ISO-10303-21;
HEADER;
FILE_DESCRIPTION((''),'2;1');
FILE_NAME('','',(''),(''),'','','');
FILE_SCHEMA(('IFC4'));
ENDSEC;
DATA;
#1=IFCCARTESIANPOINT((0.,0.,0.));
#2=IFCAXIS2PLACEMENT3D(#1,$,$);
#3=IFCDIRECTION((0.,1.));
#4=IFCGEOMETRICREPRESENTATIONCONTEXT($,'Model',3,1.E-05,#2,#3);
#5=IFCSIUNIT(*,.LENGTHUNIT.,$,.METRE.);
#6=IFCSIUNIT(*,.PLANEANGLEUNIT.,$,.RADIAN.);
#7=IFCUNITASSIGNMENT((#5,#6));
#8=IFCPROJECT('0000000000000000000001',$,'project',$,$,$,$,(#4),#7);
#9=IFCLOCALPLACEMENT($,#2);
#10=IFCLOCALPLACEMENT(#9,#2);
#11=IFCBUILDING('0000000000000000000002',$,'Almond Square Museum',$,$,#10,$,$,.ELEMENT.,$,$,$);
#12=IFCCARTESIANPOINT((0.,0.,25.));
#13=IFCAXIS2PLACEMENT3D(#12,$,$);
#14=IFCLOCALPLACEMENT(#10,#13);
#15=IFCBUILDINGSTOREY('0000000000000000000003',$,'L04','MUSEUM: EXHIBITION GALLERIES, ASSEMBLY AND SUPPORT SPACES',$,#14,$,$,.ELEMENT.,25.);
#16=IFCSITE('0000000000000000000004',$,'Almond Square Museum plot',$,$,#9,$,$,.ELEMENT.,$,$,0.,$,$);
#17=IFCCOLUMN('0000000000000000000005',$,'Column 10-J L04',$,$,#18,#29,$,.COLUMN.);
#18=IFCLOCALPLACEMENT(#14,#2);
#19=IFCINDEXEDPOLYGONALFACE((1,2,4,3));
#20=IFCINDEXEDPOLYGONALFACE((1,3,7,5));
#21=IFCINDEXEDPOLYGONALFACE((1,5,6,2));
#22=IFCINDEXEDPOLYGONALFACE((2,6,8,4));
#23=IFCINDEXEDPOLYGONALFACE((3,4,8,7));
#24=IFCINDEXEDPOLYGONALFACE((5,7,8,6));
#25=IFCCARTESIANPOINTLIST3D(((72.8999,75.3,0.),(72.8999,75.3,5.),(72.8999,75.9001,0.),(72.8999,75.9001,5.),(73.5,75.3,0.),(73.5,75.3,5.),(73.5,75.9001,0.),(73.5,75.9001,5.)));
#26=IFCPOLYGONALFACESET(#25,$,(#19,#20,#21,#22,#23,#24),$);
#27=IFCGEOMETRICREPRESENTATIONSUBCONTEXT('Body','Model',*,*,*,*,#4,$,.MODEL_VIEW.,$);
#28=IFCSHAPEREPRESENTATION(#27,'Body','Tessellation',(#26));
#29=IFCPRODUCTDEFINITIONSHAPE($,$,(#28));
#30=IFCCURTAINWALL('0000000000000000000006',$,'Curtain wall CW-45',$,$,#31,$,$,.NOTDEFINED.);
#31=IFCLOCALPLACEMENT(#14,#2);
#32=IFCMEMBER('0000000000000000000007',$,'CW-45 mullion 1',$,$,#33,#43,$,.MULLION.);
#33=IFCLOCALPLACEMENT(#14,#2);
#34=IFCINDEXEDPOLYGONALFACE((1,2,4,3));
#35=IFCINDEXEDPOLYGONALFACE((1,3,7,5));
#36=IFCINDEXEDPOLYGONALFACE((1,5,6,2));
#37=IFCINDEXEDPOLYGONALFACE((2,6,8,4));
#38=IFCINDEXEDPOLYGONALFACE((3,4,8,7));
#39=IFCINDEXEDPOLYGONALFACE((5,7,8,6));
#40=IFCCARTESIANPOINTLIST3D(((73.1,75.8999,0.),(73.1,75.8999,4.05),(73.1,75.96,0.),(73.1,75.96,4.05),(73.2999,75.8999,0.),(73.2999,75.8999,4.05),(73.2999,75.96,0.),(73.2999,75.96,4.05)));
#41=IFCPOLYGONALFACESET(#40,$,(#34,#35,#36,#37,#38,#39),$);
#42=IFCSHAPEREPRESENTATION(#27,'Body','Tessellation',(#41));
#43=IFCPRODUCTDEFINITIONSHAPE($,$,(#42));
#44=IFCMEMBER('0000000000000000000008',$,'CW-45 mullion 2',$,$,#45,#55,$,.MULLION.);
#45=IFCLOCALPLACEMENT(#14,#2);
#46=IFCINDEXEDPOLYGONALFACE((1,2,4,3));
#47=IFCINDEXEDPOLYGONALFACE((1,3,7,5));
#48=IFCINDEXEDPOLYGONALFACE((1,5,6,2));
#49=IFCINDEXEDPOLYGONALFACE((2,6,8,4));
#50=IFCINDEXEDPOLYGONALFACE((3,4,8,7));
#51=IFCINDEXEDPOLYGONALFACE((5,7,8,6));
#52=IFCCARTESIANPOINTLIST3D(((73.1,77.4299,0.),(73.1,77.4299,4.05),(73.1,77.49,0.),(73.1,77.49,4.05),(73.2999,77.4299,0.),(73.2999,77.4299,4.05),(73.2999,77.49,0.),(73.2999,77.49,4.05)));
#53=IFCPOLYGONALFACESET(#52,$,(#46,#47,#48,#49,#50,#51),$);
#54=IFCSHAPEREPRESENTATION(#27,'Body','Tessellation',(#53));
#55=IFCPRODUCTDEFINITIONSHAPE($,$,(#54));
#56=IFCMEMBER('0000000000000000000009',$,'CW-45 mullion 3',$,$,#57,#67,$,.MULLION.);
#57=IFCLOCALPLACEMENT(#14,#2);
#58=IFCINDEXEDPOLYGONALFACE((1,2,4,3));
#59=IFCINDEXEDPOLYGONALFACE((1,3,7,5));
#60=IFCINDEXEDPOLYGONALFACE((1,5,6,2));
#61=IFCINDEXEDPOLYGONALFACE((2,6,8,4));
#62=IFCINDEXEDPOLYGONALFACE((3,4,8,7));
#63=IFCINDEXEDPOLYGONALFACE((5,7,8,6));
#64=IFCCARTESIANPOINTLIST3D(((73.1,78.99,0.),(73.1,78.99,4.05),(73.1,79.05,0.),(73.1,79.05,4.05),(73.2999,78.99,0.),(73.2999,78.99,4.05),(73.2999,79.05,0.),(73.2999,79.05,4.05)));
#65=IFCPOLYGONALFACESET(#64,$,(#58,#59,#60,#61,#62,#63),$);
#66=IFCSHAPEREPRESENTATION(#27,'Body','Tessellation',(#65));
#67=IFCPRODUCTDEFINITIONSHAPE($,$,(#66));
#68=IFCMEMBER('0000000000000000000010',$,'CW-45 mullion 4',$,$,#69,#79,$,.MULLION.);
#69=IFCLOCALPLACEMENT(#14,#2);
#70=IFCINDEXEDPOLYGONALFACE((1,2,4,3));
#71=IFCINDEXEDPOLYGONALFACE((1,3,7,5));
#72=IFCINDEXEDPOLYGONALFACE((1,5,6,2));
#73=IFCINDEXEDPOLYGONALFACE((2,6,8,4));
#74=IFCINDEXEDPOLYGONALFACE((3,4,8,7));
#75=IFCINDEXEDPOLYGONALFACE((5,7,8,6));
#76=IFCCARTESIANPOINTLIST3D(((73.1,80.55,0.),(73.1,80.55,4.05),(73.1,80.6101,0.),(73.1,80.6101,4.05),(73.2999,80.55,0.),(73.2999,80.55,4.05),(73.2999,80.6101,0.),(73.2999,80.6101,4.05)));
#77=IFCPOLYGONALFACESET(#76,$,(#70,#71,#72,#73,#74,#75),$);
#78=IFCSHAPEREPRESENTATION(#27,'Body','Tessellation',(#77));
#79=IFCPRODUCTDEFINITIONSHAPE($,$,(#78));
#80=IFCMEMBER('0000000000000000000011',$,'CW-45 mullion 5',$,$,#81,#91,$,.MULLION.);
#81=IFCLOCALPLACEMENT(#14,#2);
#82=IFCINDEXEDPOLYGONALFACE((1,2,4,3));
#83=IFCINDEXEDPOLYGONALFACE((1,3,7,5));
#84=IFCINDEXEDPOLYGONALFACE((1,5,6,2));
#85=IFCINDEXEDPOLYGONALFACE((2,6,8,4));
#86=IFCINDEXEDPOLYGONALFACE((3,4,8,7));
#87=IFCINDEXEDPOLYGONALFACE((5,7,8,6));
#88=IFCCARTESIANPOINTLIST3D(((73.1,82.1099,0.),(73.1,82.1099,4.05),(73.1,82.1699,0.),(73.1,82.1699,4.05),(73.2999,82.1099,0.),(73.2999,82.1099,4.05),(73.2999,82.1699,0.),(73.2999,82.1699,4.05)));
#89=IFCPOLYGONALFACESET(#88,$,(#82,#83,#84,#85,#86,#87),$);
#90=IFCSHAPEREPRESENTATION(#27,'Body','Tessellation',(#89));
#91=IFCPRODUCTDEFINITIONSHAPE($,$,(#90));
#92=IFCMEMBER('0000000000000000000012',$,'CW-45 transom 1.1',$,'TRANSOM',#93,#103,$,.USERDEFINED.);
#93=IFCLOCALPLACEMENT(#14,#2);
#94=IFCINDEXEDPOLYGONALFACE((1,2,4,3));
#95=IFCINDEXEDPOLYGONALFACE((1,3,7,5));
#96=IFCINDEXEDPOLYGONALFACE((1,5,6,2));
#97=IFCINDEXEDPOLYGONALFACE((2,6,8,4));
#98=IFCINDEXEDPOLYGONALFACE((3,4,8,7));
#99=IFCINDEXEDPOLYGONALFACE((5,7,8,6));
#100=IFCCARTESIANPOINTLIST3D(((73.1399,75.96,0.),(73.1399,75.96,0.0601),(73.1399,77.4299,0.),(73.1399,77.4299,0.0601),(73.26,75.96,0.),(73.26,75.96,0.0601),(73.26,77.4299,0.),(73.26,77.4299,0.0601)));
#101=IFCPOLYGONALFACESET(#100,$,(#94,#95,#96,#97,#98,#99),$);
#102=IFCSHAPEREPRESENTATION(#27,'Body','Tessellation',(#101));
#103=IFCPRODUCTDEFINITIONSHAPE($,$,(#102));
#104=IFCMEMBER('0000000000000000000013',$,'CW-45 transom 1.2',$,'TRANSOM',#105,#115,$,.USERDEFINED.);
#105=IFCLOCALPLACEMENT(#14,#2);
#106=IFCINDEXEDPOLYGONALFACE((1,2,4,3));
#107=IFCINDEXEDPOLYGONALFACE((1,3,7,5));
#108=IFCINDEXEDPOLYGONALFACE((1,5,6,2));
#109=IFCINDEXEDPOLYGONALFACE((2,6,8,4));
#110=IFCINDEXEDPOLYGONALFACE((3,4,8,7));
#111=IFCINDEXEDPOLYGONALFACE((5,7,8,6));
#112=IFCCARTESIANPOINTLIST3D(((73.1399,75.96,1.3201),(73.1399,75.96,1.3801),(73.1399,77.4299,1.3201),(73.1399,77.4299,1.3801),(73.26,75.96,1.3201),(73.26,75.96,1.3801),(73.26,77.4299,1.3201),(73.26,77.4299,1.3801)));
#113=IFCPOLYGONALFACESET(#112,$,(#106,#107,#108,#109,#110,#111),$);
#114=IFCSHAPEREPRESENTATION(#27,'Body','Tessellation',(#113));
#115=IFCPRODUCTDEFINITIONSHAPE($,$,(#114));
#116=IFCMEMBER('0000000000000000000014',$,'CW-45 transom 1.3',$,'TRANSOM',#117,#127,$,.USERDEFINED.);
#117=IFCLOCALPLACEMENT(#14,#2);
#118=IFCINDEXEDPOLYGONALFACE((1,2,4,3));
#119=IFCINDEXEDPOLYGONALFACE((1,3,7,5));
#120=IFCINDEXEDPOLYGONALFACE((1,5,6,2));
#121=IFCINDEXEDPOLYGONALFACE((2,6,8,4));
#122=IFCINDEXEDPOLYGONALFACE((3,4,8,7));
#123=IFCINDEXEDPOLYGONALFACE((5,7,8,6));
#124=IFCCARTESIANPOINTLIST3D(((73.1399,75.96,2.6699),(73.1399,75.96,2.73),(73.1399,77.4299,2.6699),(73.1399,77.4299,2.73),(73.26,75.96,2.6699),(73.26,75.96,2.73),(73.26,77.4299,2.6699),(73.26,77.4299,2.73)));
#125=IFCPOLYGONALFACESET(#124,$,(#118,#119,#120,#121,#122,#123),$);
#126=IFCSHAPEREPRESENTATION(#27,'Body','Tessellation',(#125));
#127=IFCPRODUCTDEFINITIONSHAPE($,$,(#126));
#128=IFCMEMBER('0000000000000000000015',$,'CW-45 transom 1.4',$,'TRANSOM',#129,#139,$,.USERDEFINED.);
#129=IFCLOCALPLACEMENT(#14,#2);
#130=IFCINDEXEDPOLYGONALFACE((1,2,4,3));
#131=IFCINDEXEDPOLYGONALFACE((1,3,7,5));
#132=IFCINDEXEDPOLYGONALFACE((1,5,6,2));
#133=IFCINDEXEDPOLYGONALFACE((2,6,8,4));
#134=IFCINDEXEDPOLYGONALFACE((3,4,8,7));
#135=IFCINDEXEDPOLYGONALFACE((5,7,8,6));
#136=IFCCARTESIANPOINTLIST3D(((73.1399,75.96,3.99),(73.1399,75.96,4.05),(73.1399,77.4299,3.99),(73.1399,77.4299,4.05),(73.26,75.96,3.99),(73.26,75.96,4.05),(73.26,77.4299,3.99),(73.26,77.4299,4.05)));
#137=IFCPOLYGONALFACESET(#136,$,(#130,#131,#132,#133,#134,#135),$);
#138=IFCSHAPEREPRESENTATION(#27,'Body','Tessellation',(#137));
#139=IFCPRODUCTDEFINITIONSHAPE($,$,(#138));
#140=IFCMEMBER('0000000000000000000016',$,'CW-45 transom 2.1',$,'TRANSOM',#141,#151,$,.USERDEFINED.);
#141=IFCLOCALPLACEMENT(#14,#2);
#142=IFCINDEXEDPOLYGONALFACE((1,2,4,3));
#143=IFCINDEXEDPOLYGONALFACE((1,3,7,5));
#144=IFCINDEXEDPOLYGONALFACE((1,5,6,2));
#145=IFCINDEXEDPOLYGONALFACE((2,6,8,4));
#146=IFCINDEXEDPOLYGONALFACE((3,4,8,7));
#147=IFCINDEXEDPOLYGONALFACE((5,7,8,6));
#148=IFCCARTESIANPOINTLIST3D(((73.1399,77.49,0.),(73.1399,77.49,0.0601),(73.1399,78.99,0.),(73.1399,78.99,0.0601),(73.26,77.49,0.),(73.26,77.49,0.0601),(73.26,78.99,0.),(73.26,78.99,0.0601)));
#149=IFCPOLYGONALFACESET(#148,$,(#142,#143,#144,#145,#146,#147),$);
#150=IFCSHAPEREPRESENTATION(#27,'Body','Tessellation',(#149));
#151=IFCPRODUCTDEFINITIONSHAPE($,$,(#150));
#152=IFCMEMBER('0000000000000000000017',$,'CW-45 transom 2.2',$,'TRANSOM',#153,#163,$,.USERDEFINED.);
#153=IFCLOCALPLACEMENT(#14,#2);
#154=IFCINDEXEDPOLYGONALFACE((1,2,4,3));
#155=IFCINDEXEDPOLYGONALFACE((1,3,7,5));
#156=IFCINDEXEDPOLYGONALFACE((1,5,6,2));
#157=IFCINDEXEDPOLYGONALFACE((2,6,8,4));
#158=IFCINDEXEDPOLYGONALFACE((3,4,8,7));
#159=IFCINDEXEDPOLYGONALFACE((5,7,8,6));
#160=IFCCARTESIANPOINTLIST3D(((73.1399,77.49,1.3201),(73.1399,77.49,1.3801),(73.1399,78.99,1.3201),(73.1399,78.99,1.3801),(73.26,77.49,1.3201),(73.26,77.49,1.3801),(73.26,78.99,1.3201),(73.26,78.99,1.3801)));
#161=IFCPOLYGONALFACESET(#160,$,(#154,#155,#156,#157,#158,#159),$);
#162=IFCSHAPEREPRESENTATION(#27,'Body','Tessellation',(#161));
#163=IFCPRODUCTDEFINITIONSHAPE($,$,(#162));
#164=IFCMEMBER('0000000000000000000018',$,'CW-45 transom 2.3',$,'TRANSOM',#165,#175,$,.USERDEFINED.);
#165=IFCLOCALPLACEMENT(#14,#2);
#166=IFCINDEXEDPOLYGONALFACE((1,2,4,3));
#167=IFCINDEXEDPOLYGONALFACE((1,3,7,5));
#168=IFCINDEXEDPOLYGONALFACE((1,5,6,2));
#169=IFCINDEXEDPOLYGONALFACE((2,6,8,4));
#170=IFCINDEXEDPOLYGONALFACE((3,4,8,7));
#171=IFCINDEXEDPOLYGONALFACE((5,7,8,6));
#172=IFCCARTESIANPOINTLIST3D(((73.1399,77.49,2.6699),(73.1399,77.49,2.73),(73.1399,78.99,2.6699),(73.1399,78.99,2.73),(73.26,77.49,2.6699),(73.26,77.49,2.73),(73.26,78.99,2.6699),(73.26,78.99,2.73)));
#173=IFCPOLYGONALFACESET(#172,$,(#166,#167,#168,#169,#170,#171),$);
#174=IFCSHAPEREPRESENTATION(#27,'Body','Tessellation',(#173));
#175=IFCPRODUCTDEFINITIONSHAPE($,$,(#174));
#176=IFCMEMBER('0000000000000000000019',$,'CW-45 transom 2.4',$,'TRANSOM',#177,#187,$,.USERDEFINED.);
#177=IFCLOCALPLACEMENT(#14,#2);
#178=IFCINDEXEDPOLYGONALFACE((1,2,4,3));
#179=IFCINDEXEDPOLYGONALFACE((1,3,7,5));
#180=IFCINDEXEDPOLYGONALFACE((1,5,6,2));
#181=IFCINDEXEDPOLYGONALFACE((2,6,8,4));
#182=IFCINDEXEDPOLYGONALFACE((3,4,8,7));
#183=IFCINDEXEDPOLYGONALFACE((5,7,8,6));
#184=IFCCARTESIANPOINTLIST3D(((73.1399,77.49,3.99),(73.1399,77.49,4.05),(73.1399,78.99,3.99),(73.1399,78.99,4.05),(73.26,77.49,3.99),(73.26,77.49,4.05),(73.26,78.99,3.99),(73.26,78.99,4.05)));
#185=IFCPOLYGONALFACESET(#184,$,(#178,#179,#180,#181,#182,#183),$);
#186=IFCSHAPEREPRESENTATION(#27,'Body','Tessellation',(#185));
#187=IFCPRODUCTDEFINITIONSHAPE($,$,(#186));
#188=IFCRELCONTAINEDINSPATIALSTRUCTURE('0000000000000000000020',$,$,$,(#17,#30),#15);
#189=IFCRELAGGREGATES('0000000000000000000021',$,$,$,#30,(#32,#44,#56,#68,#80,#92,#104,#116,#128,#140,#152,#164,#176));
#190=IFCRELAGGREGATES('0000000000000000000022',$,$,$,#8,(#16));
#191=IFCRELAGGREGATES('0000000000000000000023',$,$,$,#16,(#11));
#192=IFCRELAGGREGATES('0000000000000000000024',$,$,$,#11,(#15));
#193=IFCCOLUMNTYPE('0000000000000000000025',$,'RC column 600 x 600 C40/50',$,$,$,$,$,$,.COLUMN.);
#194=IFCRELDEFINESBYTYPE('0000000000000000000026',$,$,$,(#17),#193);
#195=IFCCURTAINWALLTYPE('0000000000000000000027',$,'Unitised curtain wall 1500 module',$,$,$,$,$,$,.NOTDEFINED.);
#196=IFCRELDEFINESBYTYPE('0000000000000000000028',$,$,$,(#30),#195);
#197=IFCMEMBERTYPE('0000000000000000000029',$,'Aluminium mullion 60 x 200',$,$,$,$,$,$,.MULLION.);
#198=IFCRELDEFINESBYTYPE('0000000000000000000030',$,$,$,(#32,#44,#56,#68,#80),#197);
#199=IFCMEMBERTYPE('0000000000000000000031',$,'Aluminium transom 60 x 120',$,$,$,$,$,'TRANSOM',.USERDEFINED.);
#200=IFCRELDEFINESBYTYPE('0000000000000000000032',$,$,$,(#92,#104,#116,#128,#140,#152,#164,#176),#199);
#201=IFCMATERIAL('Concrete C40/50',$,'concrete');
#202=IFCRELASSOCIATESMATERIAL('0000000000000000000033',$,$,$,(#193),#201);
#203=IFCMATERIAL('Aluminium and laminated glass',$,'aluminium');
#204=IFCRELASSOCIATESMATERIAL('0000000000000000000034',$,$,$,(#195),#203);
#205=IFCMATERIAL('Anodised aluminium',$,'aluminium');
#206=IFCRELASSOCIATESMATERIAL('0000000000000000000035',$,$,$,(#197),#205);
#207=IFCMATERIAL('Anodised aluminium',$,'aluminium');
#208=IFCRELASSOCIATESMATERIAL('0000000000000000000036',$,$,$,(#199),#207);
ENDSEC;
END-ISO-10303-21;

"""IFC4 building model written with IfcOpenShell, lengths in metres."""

from ifc_helpers import new_model, si_unit, direction, frame, origin, origin_2d, place, context, subcontext, project, spatial, rectangle, extrude, material, material_profile, profile_set, type_object, element, aggregate, save


model = new_model("IFC4")

# Units and contexts
model_context = context("Model", 3, precision=1e-05, world=origin(), true_north=direction((0.0, 1.0)))
body_context = subcontext(model_context, "Body", "Model", "MODEL_VIEW")
ifc_project = project(units=[si_unit("LENGTHUNIT", "METRE"), si_unit("PLANEANGLEUNIT", "RADIAN")], contexts=[model_context])

# Site, building, storey
site_placement = place(None, origin())
site = spatial("IfcSite", under=ifc_project, at=site_placement, Name="Almond Square Museum plot", CompositionType="ELEMENT", RefElevation=0.0)
building_placement = place(site_placement, origin())
building = spatial("IfcBuilding", under=site, at=building_placement, Name="Almond Square Museum", CompositionType="ELEMENT")
storey_placement = place(building_placement, frame((0.0, 0.0, 25.0)))
storey = spatial("IfcBuildingStorey", under=building, at=storey_placement, Name="L04", Description="MUSEUM: EXHIBITION GALLERIES, ASSEMBLY AND SUPPORT SPACES", CompositionType="ELEMENT", Elevation=25.0)

# Column
ifc_material_1 = material(Name="Concrete C40/50", Category="concrete")
ifc_material_profile_1 = material_profile(ifc_material_1, rectangle(XDim=0.6001, YDim=0.6001, at=origin_2d()))
ifc_profile_set_1 = profile_set([ifc_material_profile_1], Name="Concrete C40/50")
column_type = type_object("IfcColumnType", Name="RC column 600 x 600 C40/50", PredefinedType="COLUMN", material=ifc_profile_set_1)
column_placement = place(storey_placement, frame((73.2, 75.6001, 0.0), z_axis=(0.0, 0.0, 1.0), x_axis=(1.0, 0.0, 0.0)))
element("IfcColumn", 1, at=column_placement, inside=storey, type_object=column_type, Name="Column 10-J L04", PredefinedType="COLUMN", context=body_context, shape_type="SweptSolid", body=[
    extrude(rectangle(XDim=0.6001, YDim=0.6001, at=origin_2d()), origin(), (0.0, 0.0, 1.0), 5.0),
])

# Curtain wall, members
ifc_material_2 = material(Name="Aluminium and laminated glass", Category="aluminium")
curtain_wall_type = type_object("IfcCurtainWallType", Name="Unitised curtain wall 1500 module", PredefinedType="NOTDEFINED", material=ifc_material_2)
curtain_wall_placement = place(storey_placement, origin())
curtain_wall = element("IfcCurtainWall", 2, at=curtain_wall_placement, inside=storey, type_object=curtain_wall_type, Name="Curtain wall CW-45", PredefinedType="NOTDEFINED")
ifc_material_3 = material(Name="Anodised aluminium", Category="aluminium")
ifc_material_profile_2 = material_profile(ifc_material_3, rectangle(XDim=0.2, YDim=0.0601, at=origin_2d()))
ifc_profile_set_2 = profile_set([ifc_material_profile_2], Name="Anodised aluminium")
member_type_1 = type_object("IfcMemberType", Name="Aluminium mullion 60 x 200", PredefinedType="MULLION", material=ifc_profile_set_2)
member_1_placement = place(storey_placement, frame((73.2, 75.9299, 0.0), z_axis=(0.0, 0.0, 1.0), x_axis=(-1.0, 0.0, 0.0)))
member_1 = element("IfcMember", 3, at=member_1_placement, type_object=member_type_1, Name="CW-45 mullion 1", PredefinedType="MULLION", context=body_context, shape_type="SweptSolid", body=[
    extrude(rectangle(XDim=0.2, YDim=0.0601, at=origin_2d()), origin(), (0.0, 0.0, 1.0), 4.05),
])
member_2_placement = place(storey_placement, frame((73.2, 77.46, 0.0), z_axis=(0.0, 0.0, 1.0), x_axis=(-1.0, 0.0, 0.0)))
member_2 = element("IfcMember", 4, at=member_2_placement, type_object=member_type_1, Name="CW-45 mullion 2", PredefinedType="MULLION", context=body_context, shape_type="SweptSolid", body=[
    extrude(rectangle(XDim=0.2, YDim=0.0601, at=origin_2d()), origin(), (0.0, 0.0, 1.0), 4.05),
])
member_3_placement = place(storey_placement, frame((73.2, 79.02, 0.0), z_axis=(0.0, 0.0, 1.0), x_axis=(-1.0, 0.0, 0.0)))
member_3 = element("IfcMember", 5, at=member_3_placement, type_object=member_type_1, Name="CW-45 mullion 3", PredefinedType="MULLION", context=body_context, shape_type="SweptSolid", body=[
    extrude(rectangle(XDim=0.2, YDim=0.0601, at=origin_2d()), origin(), (0.0, 0.0, 1.0), 4.05),
])
member_4_placement = place(storey_placement, frame((73.2, 80.5801, 0.0), z_axis=(0.0, 0.0, 1.0), x_axis=(-1.0, 0.0, 0.0)))
member_4 = element("IfcMember", 6, at=member_4_placement, type_object=member_type_1, Name="CW-45 mullion 4", PredefinedType="MULLION", context=body_context, shape_type="SweptSolid", body=[
    extrude(rectangle(XDim=0.2, YDim=0.0601, at=origin_2d()), origin(), (0.0, 0.0, 1.0), 4.05),
])
member_5_placement = place(storey_placement, frame((73.2, 82.1399, 0.0), z_axis=(0.0, 0.0, 1.0), x_axis=(-1.0, 0.0, 0.0)))
member_5 = element("IfcMember", 7, at=member_5_placement, type_object=member_type_1, Name="CW-45 mullion 5", PredefinedType="MULLION", context=body_context, shape_type="SweptSolid", body=[
    extrude(rectangle(XDim=0.2, YDim=0.0601, at=origin_2d()), origin(), (0.0, 0.0, 1.0), 4.05),
])
ifc_material_4 = material(Name="Anodised aluminium", Category="aluminium")
ifc_material_profile_3 = material_profile(ifc_material_4, rectangle(XDim=0.1201, YDim=0.0601, at=origin_2d()))
ifc_profile_set_3 = profile_set([ifc_material_profile_3], Name="Anodised aluminium")
member_type_2 = type_object("IfcMemberType", Name="Aluminium transom 60 x 120", ElementType="TRANSOM", PredefinedType="USERDEFINED", material=ifc_profile_set_3)
member_6_placement = place(storey_placement, frame((73.2, 75.96, 0.03), z_axis=(0.0, 1.0, 0.0), x_axis=(-1.0, 0.0, 0.0)))
member_6 = element("IfcMember", 8, at=member_6_placement, type_object=member_type_2, Name="CW-45 transom 1.1", ObjectType="TRANSOM", PredefinedType="USERDEFINED", context=body_context, shape_type="SweptSolid", body=[
    extrude(rectangle(XDim=0.1201, YDim=0.0601, at=origin_2d()), origin(), (0.0, 0.0, 1.0), 1.47),
])
member_7_placement = place(storey_placement, frame((73.2, 75.96, 1.3501), z_axis=(0.0, 1.0, 0.0), x_axis=(-1.0, 0.0, 0.0)))
member_7 = element("IfcMember", 9, at=member_7_placement, type_object=member_type_2, Name="CW-45 transom 1.2", ObjectType="TRANSOM", PredefinedType="USERDEFINED", context=body_context, shape_type="SweptSolid", body=[
    extrude(rectangle(XDim=0.1201, YDim=0.0601, at=origin_2d()), origin(), (0.0, 0.0, 1.0), 1.47),
])
member_8_placement = place(storey_placement, frame((73.2, 75.96, 2.7), z_axis=(0.0, 1.0, 0.0), x_axis=(-1.0, 0.0, 0.0)))
member_8 = element("IfcMember", 10, at=member_8_placement, type_object=member_type_2, Name="CW-45 transom 1.3", ObjectType="TRANSOM", PredefinedType="USERDEFINED", context=body_context, shape_type="SweptSolid", body=[
    extrude(rectangle(XDim=0.1201, YDim=0.0601, at=origin_2d()), origin(), (0.0, 0.0, 1.0), 1.47),
])
member_9_placement = place(storey_placement, frame((73.2, 75.96, 4.02), z_axis=(0.0, 1.0, 0.0), x_axis=(-1.0, 0.0, 0.0)))
member_9 = element("IfcMember", 11, at=member_9_placement, type_object=member_type_2, Name="CW-45 transom 1.4", ObjectType="TRANSOM", PredefinedType="USERDEFINED", context=body_context, shape_type="SweptSolid", body=[
    extrude(rectangle(XDim=0.1201, YDim=0.0601, at=origin_2d()), origin(), (0.0, 0.0, 1.0), 1.47),
])
member_10_placement = place(storey_placement, frame((73.2, 77.49, 0.03), z_axis=(0.0, 1.0, 0.0), x_axis=(-1.0, 0.0, 0.0)))
member_10 = element("IfcMember", 12, at=member_10_placement, type_object=member_type_2, Name="CW-45 transom 2.1", ObjectType="TRANSOM", PredefinedType="USERDEFINED", context=body_context, shape_type="SweptSolid", body=[
    extrude(rectangle(XDim=0.1201, YDim=0.0601, at=origin_2d()), origin(), (0.0, 0.0, 1.0), 1.5),
])
member_11_placement = place(storey_placement, frame((73.2, 77.49, 1.3501), z_axis=(0.0, 1.0, 0.0), x_axis=(-1.0, 0.0, 0.0)))
member_11 = element("IfcMember", 13, at=member_11_placement, type_object=member_type_2, Name="CW-45 transom 2.2", ObjectType="TRANSOM", PredefinedType="USERDEFINED", context=body_context, shape_type="SweptSolid", body=[
    extrude(rectangle(XDim=0.1201, YDim=0.0601, at=origin_2d()), origin(), (0.0, 0.0, 1.0), 1.5),
])
member_12_placement = place(storey_placement, frame((73.2, 77.49, 2.7), z_axis=(0.0, 1.0, 0.0), x_axis=(-1.0, 0.0, 0.0)))
member_12 = element("IfcMember", 14, at=member_12_placement, type_object=member_type_2, Name="CW-45 transom 2.3", ObjectType="TRANSOM", PredefinedType="USERDEFINED", context=body_context, shape_type="SweptSolid", body=[
    extrude(rectangle(XDim=0.1201, YDim=0.0601, at=origin_2d()), origin(), (0.0, 0.0, 1.0), 1.5),
])
member_13_placement = place(storey_placement, frame((73.2, 77.49, 4.02), z_axis=(0.0, 1.0, 0.0), x_axis=(-1.0, 0.0, 0.0)))
member_13 = element("IfcMember", 15, at=member_13_placement, type_object=member_type_2, Name="CW-45 transom 2.4", ObjectType="TRANSOM", PredefinedType="USERDEFINED", context=body_context, shape_type="SweptSolid", body=[
    extrude(rectangle(XDim=0.1201, YDim=0.0601, at=origin_2d()), origin(), (0.0, 0.0, 1.0), 1.5),
])
aggregate(curtain_wall, [member_1, member_2, member_3, member_4, member_5, member_6, member_7, member_8, member_9, member_10, member_11, member_12, member_13])

save(model, "model.ifc")
